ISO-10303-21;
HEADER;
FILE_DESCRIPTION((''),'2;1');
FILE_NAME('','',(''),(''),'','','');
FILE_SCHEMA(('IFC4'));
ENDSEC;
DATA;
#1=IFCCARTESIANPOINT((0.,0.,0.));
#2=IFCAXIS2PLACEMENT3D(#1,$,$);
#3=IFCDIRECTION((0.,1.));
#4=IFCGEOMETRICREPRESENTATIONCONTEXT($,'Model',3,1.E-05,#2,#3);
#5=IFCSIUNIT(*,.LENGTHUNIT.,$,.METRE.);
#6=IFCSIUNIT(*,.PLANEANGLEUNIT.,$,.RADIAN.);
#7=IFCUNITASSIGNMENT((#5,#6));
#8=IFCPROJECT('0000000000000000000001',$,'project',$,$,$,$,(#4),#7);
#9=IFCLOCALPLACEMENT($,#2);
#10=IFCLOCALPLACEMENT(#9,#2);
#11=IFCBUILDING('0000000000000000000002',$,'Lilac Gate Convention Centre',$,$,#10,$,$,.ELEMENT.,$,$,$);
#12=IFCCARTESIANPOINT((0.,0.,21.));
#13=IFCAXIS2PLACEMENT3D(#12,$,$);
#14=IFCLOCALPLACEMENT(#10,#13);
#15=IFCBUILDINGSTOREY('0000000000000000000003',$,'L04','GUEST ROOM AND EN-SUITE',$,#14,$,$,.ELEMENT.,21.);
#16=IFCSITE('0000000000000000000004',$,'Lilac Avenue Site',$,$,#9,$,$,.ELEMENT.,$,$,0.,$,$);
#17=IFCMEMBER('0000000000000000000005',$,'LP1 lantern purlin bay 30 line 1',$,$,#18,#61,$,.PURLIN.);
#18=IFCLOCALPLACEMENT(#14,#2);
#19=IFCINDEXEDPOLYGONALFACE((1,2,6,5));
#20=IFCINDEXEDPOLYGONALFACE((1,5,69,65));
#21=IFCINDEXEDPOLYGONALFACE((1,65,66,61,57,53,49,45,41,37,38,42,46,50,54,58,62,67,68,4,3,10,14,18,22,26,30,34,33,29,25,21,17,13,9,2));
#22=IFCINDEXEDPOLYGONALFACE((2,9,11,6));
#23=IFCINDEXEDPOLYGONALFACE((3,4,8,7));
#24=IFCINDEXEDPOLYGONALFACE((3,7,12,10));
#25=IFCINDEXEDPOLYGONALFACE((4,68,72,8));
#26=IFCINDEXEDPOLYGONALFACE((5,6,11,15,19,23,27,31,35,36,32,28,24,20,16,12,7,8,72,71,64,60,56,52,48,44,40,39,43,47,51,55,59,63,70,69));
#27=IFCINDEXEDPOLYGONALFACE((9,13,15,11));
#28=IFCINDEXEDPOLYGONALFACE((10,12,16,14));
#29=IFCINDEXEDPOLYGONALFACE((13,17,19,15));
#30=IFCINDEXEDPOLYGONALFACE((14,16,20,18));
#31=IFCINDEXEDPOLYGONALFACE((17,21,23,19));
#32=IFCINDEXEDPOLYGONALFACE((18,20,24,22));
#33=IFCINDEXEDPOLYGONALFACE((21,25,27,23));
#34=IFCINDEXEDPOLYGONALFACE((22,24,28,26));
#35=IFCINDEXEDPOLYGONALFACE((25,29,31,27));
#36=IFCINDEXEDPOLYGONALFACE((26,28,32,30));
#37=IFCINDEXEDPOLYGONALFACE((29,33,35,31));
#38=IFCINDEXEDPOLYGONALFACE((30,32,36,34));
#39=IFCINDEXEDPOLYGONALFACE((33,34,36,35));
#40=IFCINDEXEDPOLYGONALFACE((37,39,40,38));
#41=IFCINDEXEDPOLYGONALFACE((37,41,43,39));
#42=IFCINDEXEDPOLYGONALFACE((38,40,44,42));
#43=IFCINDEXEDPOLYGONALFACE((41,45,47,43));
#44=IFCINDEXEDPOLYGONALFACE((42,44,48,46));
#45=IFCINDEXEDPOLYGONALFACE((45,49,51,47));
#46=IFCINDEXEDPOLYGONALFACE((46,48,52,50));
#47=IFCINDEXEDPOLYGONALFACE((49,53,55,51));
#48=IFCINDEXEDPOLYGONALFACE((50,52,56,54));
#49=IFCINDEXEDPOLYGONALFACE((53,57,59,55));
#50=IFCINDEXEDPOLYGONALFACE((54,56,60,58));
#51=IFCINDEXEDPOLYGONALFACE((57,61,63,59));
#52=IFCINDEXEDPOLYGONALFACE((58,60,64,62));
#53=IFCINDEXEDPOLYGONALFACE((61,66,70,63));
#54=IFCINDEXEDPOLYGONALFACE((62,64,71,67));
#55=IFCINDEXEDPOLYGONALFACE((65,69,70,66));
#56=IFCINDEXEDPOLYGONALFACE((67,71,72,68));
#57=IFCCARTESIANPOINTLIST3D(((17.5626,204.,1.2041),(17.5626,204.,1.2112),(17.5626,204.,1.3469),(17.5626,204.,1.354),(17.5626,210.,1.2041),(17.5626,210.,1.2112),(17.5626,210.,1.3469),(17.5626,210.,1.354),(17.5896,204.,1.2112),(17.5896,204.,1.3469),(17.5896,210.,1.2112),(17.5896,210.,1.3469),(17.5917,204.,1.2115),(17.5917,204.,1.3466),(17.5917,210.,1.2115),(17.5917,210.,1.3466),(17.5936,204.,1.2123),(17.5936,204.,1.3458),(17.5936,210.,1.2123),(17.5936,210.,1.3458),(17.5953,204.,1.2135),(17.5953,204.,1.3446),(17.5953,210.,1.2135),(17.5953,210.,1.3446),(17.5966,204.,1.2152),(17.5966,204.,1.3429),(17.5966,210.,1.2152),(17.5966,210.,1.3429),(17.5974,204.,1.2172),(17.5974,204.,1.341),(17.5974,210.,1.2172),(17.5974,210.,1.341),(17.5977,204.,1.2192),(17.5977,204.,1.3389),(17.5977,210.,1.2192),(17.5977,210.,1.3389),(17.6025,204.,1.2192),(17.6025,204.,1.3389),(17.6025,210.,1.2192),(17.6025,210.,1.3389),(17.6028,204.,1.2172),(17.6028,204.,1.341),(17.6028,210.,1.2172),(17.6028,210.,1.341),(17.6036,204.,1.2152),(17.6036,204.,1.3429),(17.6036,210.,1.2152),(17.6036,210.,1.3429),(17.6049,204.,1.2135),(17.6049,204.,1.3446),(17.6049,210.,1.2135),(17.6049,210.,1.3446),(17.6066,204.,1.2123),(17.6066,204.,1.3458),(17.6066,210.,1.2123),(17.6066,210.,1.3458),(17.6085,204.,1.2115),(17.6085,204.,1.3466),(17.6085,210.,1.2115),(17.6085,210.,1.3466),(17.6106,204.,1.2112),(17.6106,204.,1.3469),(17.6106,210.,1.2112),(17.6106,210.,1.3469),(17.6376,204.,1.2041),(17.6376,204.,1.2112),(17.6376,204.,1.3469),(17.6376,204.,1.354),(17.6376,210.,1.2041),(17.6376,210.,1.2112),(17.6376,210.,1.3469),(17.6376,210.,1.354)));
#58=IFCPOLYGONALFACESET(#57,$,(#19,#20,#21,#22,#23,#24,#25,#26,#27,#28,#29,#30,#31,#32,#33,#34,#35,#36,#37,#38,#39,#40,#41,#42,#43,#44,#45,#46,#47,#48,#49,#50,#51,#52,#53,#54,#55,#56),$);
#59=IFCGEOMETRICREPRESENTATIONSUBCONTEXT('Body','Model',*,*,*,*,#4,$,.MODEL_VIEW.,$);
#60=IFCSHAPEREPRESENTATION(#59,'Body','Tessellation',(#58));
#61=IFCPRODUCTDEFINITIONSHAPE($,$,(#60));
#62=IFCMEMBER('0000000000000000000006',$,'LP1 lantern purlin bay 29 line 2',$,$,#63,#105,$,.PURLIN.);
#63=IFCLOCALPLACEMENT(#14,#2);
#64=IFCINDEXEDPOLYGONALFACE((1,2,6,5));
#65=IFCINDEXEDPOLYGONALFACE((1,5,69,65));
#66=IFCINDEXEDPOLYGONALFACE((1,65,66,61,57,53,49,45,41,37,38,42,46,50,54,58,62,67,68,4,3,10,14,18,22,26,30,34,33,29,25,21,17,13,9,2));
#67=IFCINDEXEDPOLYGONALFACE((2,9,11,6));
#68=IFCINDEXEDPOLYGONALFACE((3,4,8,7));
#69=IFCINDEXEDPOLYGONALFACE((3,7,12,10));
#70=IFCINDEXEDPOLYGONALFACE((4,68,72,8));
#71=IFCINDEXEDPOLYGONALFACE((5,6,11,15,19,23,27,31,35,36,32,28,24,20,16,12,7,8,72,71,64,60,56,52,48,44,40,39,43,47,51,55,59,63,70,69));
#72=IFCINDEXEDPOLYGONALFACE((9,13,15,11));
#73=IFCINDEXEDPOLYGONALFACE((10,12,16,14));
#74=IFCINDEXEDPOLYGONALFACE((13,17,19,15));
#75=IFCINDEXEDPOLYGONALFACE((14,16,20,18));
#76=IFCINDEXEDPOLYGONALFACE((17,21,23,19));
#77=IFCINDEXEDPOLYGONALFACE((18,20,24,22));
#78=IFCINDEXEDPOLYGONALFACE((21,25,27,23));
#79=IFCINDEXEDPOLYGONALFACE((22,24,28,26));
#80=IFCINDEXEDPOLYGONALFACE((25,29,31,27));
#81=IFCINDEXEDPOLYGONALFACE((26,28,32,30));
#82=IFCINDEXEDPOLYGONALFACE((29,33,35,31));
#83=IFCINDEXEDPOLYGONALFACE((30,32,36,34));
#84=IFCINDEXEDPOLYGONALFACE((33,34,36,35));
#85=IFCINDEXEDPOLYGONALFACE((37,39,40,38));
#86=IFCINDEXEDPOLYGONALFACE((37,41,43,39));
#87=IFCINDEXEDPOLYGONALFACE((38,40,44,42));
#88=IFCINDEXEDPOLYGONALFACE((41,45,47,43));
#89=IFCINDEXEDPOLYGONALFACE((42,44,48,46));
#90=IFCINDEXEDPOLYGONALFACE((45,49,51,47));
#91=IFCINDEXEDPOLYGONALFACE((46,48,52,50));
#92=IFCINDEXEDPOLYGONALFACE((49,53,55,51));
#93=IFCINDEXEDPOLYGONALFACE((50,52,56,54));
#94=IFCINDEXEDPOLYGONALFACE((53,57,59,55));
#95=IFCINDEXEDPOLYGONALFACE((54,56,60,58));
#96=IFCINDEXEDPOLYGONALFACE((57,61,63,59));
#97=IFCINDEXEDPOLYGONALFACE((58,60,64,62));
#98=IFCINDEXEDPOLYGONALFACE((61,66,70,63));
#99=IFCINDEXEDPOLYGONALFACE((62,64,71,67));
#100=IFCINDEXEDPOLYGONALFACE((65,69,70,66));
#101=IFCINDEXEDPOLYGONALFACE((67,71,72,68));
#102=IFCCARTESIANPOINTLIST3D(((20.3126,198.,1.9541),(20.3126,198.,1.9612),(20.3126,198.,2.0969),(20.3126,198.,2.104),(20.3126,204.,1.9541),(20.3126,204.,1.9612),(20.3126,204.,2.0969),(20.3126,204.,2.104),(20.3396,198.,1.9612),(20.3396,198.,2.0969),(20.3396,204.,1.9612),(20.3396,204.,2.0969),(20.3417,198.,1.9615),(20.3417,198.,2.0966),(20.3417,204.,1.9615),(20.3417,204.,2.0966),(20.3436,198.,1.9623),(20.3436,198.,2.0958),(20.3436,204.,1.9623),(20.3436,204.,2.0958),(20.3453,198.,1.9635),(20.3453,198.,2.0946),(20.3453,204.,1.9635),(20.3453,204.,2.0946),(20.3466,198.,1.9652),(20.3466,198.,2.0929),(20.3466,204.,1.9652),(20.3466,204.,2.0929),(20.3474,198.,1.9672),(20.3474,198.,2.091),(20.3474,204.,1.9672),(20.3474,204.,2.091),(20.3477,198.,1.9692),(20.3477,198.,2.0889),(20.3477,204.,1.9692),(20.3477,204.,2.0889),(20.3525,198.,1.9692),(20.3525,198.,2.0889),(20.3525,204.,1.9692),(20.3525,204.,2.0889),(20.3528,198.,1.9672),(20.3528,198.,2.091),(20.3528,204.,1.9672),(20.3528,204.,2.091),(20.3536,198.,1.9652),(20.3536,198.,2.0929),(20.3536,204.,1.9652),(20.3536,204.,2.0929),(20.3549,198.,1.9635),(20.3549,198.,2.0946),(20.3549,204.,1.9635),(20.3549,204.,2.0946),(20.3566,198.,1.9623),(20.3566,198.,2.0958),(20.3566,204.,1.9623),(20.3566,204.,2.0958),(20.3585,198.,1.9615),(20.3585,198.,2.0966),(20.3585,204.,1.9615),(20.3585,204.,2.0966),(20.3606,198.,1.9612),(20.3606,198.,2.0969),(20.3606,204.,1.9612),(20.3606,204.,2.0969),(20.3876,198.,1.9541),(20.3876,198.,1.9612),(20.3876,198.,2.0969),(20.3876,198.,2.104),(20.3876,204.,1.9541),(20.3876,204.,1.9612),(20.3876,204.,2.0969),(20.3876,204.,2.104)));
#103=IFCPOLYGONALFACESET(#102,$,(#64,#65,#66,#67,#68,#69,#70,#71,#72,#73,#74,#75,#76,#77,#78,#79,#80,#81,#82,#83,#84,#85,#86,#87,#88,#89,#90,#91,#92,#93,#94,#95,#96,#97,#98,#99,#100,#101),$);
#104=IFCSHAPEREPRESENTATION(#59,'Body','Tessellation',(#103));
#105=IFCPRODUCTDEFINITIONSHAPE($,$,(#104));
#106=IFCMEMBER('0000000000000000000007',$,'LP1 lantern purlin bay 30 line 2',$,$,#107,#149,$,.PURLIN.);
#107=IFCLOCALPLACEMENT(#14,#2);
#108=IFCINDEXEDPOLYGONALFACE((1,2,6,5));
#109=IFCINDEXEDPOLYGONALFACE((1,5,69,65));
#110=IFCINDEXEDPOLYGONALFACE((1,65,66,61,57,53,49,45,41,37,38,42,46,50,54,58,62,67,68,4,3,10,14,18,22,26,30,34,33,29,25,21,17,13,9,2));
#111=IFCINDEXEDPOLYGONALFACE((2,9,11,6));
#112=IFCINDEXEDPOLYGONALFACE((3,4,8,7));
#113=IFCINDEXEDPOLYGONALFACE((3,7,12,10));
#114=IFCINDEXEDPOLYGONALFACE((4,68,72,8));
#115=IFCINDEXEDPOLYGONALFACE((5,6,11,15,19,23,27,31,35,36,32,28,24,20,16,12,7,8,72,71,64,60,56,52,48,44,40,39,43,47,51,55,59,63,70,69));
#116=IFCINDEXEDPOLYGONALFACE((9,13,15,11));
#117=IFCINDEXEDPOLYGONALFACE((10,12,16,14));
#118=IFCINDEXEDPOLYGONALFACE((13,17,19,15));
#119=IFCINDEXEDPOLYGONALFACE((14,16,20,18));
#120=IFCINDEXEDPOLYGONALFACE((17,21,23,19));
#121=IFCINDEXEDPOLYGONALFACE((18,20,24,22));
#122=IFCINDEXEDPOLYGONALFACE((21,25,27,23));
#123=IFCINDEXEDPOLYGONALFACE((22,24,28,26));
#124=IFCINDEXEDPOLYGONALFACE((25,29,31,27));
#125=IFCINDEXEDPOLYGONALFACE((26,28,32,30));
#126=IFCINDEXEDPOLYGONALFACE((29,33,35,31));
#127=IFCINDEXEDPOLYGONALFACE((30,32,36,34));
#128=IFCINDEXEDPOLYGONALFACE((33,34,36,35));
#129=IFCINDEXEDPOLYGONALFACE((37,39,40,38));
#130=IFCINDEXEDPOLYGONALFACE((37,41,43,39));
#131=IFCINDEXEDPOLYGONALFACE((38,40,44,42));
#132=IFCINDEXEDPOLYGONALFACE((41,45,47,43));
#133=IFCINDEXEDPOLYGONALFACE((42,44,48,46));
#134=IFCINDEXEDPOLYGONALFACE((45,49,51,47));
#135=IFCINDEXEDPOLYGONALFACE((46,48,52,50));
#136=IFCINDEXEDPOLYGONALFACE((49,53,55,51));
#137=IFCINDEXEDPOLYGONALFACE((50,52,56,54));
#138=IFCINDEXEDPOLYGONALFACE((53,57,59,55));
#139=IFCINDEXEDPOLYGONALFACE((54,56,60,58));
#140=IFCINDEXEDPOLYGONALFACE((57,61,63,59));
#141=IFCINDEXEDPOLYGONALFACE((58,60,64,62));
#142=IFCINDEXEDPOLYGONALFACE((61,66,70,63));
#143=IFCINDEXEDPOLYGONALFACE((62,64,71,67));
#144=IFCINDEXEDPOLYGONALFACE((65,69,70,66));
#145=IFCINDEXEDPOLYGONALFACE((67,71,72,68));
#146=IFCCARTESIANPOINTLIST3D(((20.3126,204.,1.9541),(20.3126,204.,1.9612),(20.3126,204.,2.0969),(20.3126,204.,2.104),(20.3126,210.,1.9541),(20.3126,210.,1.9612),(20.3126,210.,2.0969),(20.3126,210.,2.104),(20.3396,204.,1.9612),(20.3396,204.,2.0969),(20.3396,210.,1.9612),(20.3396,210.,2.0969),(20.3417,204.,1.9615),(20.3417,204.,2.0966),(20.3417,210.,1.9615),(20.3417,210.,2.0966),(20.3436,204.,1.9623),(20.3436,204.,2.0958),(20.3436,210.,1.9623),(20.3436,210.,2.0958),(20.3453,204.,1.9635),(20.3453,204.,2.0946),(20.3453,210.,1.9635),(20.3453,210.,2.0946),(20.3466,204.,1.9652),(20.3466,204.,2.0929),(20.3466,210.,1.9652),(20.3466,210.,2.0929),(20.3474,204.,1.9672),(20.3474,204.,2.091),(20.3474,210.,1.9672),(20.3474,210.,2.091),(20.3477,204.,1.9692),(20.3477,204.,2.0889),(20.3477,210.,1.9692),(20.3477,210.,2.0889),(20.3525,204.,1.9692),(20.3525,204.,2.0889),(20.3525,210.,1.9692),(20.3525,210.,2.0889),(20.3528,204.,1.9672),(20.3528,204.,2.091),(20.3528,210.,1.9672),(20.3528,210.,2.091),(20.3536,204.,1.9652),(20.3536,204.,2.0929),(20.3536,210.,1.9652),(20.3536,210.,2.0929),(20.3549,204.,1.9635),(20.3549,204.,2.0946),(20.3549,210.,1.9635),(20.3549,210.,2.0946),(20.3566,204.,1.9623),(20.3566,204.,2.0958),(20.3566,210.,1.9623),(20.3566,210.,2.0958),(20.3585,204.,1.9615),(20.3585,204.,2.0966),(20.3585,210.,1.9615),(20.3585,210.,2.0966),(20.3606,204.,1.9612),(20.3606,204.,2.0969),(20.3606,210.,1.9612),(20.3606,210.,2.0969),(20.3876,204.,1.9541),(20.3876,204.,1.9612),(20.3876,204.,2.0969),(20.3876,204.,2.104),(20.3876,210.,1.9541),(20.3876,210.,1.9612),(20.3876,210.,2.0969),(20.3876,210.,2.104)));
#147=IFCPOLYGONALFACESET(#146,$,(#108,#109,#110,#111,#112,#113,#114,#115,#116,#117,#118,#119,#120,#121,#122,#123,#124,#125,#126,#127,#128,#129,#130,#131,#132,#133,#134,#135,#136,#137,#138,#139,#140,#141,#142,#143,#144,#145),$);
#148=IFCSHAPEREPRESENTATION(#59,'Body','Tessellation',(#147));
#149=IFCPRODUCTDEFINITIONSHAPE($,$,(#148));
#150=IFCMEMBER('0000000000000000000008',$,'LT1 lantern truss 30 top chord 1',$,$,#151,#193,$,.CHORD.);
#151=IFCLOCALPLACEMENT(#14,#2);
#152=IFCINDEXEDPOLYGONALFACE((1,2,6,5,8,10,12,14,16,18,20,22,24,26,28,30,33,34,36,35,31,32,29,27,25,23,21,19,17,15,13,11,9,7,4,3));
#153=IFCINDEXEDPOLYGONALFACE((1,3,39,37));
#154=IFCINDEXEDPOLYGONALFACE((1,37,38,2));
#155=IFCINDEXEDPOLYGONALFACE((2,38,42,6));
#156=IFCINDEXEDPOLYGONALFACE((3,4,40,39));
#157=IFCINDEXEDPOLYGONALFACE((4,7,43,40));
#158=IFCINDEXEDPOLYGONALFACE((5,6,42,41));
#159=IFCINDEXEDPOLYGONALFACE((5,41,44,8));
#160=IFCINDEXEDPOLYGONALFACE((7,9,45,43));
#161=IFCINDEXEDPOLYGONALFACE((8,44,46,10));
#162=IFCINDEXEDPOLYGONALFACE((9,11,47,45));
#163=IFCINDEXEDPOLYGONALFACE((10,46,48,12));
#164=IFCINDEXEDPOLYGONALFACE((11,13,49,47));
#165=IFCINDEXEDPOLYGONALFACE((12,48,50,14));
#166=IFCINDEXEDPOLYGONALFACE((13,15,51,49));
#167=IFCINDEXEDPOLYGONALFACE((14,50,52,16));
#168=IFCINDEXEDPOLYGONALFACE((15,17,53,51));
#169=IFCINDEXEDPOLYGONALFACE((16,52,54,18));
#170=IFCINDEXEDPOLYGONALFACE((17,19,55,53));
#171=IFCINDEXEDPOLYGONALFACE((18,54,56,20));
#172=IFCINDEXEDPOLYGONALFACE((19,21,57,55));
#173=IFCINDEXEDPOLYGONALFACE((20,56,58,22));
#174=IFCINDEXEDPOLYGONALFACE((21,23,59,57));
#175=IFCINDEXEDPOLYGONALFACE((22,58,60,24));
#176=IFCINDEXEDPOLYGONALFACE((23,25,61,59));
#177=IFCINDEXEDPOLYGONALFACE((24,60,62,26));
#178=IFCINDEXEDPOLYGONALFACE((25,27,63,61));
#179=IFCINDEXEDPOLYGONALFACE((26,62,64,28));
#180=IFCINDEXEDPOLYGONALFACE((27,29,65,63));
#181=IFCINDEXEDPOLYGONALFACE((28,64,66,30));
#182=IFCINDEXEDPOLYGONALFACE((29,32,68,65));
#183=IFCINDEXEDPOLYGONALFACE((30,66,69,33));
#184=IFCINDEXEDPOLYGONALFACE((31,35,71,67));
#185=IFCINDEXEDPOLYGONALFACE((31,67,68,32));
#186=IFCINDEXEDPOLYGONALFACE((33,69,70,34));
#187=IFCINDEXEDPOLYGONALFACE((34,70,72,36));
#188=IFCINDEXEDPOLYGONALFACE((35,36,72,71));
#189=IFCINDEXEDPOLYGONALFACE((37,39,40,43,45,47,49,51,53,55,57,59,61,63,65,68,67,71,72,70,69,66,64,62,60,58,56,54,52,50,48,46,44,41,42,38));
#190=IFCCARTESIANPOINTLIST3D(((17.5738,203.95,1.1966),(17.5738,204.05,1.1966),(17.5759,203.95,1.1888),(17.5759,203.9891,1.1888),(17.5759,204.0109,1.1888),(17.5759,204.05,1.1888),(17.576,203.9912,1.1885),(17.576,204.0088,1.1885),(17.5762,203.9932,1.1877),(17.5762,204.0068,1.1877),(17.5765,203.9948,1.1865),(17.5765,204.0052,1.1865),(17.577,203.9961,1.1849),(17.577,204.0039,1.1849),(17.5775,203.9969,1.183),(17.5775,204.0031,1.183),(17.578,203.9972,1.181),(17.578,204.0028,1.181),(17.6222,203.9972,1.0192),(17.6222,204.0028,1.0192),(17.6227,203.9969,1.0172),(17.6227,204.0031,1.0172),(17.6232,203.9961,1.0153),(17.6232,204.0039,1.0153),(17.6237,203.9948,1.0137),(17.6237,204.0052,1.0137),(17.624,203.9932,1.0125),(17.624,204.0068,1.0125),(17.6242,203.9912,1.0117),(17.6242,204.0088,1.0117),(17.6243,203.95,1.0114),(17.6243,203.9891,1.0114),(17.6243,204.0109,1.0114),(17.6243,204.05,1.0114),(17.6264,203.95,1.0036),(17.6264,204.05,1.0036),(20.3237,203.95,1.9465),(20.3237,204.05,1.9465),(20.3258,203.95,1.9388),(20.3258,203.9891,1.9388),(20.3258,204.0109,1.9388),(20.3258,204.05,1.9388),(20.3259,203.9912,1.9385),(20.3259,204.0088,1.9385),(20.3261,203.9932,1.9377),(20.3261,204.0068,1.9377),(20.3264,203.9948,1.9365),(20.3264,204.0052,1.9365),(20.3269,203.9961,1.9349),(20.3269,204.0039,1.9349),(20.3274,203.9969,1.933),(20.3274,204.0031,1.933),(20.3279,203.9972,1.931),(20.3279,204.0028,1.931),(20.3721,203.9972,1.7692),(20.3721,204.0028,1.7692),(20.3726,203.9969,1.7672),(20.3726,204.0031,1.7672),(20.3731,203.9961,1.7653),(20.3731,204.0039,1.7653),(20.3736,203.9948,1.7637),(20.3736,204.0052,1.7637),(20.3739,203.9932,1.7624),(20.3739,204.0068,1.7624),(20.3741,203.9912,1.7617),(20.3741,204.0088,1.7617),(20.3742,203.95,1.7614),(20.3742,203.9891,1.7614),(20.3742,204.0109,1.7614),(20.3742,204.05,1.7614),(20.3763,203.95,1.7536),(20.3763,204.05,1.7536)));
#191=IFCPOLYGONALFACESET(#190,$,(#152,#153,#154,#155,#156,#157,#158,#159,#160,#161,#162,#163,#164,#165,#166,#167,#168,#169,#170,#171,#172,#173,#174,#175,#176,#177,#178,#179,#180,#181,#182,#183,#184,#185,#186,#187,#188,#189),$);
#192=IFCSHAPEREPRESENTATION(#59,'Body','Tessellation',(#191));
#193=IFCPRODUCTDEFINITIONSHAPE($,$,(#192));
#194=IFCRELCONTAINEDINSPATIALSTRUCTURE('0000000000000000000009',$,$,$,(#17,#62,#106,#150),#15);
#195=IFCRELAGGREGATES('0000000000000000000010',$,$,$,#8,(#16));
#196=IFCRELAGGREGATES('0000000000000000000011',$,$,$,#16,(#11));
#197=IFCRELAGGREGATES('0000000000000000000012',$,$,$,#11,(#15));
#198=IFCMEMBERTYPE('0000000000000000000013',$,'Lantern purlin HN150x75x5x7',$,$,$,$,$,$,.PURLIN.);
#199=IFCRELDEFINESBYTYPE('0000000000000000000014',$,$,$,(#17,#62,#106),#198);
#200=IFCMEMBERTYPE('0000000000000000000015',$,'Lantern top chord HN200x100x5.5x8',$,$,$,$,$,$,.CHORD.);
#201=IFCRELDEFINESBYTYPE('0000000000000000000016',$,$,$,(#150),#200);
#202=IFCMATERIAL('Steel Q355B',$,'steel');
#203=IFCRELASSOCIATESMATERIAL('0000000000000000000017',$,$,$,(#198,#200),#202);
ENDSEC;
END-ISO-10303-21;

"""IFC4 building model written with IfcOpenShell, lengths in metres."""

from ifc_helpers import new_model, si_unit, direction, frame, origin, origin_2d, place, context, subcontext, project, spatial, i_section, extrude, material, material_profile, profile_set, type_object, element, save


model = new_model("IFC4")

# Units and contexts
model_context = context("Model", 3, precision=1e-05, world=origin(), true_north=direction((0.0, 1.0)))
body_context = subcontext(model_context, "Body", "Model", "MODEL_VIEW")
ifc_project = project(units=[si_unit("LENGTHUNIT", "METRE"), si_unit("PLANEANGLEUNIT", "RADIAN")], contexts=[model_context])

# Site, building, storey
site_placement = place(None, origin())
site = spatial("IfcSite", under=ifc_project, at=site_placement, Name="Lilac Avenue Site", CompositionType="ELEMENT", RefElevation=0.0)
building_placement = place(site_placement, origin())
building = spatial("IfcBuilding", under=site, at=building_placement, Name="Lilac Gate Convention Centre", CompositionType="ELEMENT")
storey_placement = place(building_placement, frame((0.0, 0.0, 21.0)))
storey = spatial("IfcBuildingStorey", under=building, at=storey_placement, Name="L04", Description="GUEST ROOM AND EN-SUITE", CompositionType="ELEMENT", Elevation=21.0)

# Members
ifc_material_1 = material(Name="Steel Q355B", Category="steel")
ifc_material_profile_1 = material_profile(ifc_material_1, i_section(OverallWidth=0.075, OverallDepth=0.1499, WebThickness=0.0049, FlangeThickness=0.0071, FilletRadius=0.0081, at=origin_2d()), Name="HN150x75x5x7")
ifc_profile_set_1 = profile_set([ifc_material_profile_1], Name="Steel Q355B")
member_type_1 = type_object("IfcMemberType", Name="Lantern purlin HN150x75x5x7", PredefinedType="PURLIN", material=ifc_profile_set_1)
for number, where, z_axis, x_axis, name in (
    (1, (17.6001, 204.0, 1.2791), (0.0, 1.0, 0.0), (-1.0, 0.0, 0.0), "LP1 lantern purlin bay 30 line 1"),
    (2, (20.3501, 198.0, 2.0291), (0.0, 1.0, 0.0), (-1.0, 0.0, 0.0), "LP1 lantern purlin bay 29 line 2"),
    (3, (20.3501, 204.0, 2.0291), (0.0, 1.0, 0.0), (-1.0, 0.0, 0.0), "LP1 lantern purlin bay 30 line 2"),
):
    element("IfcMember", number, at=place(storey_placement, frame(where, z_axis=z_axis, x_axis=x_axis)), inside=storey, type_object=member_type_1, Name=name, PredefinedType="PURLIN", context=body_context, shape_type="SweptSolid", body=[
        extrude(i_section(OverallWidth=0.075, OverallDepth=0.1499, WebThickness=0.0049, FlangeThickness=0.0071, FilletRadius=0.0081, at=origin_2d()), origin(), (0.0, 0.0, 1.0), 6.0),
    ])
ifc_material_profile_2 = material_profile(ifc_material_1, i_section(OverallWidth=0.1001, OverallDepth=0.2, WebThickness=0.0056, FlangeThickness=0.0081, FilletRadius=0.0081, at=origin_2d()), Name="HN200x100x5.5x8")
ifc_profile_set_2 = profile_set([ifc_material_profile_2], Name="Steel Q355B")
member_type_2 = type_object("IfcMemberType", Name="Lantern top chord HN200x100x5.5x8", PredefinedType="CHORD", material=ifc_profile_set_2)
for number, where, z_axis, x_axis, name in (
    (4, (17.6001, 204.0, 1.1001), (0.964764, 0.0, 0.263117), (0.0, 1.0, 0.0), "LT1 lantern truss 30 top chord 1"),
):
    element("IfcMember", number, at=place(storey_placement, frame(where, z_axis=z_axis, x_axis=x_axis)), inside=storey, type_object=member_type_2, Name=name, PredefinedType="CHORD", context=body_context, shape_type="SweptSolid", body=[
        extrude(i_section(OverallWidth=0.1001, OverallDepth=0.2, WebThickness=0.0056, FlangeThickness=0.0081, FilletRadius=0.0081, at=origin_2d()), origin(), (0.0, 0.0, 1.0), 2.8503),
    ])

save(model, "model.ifc")
